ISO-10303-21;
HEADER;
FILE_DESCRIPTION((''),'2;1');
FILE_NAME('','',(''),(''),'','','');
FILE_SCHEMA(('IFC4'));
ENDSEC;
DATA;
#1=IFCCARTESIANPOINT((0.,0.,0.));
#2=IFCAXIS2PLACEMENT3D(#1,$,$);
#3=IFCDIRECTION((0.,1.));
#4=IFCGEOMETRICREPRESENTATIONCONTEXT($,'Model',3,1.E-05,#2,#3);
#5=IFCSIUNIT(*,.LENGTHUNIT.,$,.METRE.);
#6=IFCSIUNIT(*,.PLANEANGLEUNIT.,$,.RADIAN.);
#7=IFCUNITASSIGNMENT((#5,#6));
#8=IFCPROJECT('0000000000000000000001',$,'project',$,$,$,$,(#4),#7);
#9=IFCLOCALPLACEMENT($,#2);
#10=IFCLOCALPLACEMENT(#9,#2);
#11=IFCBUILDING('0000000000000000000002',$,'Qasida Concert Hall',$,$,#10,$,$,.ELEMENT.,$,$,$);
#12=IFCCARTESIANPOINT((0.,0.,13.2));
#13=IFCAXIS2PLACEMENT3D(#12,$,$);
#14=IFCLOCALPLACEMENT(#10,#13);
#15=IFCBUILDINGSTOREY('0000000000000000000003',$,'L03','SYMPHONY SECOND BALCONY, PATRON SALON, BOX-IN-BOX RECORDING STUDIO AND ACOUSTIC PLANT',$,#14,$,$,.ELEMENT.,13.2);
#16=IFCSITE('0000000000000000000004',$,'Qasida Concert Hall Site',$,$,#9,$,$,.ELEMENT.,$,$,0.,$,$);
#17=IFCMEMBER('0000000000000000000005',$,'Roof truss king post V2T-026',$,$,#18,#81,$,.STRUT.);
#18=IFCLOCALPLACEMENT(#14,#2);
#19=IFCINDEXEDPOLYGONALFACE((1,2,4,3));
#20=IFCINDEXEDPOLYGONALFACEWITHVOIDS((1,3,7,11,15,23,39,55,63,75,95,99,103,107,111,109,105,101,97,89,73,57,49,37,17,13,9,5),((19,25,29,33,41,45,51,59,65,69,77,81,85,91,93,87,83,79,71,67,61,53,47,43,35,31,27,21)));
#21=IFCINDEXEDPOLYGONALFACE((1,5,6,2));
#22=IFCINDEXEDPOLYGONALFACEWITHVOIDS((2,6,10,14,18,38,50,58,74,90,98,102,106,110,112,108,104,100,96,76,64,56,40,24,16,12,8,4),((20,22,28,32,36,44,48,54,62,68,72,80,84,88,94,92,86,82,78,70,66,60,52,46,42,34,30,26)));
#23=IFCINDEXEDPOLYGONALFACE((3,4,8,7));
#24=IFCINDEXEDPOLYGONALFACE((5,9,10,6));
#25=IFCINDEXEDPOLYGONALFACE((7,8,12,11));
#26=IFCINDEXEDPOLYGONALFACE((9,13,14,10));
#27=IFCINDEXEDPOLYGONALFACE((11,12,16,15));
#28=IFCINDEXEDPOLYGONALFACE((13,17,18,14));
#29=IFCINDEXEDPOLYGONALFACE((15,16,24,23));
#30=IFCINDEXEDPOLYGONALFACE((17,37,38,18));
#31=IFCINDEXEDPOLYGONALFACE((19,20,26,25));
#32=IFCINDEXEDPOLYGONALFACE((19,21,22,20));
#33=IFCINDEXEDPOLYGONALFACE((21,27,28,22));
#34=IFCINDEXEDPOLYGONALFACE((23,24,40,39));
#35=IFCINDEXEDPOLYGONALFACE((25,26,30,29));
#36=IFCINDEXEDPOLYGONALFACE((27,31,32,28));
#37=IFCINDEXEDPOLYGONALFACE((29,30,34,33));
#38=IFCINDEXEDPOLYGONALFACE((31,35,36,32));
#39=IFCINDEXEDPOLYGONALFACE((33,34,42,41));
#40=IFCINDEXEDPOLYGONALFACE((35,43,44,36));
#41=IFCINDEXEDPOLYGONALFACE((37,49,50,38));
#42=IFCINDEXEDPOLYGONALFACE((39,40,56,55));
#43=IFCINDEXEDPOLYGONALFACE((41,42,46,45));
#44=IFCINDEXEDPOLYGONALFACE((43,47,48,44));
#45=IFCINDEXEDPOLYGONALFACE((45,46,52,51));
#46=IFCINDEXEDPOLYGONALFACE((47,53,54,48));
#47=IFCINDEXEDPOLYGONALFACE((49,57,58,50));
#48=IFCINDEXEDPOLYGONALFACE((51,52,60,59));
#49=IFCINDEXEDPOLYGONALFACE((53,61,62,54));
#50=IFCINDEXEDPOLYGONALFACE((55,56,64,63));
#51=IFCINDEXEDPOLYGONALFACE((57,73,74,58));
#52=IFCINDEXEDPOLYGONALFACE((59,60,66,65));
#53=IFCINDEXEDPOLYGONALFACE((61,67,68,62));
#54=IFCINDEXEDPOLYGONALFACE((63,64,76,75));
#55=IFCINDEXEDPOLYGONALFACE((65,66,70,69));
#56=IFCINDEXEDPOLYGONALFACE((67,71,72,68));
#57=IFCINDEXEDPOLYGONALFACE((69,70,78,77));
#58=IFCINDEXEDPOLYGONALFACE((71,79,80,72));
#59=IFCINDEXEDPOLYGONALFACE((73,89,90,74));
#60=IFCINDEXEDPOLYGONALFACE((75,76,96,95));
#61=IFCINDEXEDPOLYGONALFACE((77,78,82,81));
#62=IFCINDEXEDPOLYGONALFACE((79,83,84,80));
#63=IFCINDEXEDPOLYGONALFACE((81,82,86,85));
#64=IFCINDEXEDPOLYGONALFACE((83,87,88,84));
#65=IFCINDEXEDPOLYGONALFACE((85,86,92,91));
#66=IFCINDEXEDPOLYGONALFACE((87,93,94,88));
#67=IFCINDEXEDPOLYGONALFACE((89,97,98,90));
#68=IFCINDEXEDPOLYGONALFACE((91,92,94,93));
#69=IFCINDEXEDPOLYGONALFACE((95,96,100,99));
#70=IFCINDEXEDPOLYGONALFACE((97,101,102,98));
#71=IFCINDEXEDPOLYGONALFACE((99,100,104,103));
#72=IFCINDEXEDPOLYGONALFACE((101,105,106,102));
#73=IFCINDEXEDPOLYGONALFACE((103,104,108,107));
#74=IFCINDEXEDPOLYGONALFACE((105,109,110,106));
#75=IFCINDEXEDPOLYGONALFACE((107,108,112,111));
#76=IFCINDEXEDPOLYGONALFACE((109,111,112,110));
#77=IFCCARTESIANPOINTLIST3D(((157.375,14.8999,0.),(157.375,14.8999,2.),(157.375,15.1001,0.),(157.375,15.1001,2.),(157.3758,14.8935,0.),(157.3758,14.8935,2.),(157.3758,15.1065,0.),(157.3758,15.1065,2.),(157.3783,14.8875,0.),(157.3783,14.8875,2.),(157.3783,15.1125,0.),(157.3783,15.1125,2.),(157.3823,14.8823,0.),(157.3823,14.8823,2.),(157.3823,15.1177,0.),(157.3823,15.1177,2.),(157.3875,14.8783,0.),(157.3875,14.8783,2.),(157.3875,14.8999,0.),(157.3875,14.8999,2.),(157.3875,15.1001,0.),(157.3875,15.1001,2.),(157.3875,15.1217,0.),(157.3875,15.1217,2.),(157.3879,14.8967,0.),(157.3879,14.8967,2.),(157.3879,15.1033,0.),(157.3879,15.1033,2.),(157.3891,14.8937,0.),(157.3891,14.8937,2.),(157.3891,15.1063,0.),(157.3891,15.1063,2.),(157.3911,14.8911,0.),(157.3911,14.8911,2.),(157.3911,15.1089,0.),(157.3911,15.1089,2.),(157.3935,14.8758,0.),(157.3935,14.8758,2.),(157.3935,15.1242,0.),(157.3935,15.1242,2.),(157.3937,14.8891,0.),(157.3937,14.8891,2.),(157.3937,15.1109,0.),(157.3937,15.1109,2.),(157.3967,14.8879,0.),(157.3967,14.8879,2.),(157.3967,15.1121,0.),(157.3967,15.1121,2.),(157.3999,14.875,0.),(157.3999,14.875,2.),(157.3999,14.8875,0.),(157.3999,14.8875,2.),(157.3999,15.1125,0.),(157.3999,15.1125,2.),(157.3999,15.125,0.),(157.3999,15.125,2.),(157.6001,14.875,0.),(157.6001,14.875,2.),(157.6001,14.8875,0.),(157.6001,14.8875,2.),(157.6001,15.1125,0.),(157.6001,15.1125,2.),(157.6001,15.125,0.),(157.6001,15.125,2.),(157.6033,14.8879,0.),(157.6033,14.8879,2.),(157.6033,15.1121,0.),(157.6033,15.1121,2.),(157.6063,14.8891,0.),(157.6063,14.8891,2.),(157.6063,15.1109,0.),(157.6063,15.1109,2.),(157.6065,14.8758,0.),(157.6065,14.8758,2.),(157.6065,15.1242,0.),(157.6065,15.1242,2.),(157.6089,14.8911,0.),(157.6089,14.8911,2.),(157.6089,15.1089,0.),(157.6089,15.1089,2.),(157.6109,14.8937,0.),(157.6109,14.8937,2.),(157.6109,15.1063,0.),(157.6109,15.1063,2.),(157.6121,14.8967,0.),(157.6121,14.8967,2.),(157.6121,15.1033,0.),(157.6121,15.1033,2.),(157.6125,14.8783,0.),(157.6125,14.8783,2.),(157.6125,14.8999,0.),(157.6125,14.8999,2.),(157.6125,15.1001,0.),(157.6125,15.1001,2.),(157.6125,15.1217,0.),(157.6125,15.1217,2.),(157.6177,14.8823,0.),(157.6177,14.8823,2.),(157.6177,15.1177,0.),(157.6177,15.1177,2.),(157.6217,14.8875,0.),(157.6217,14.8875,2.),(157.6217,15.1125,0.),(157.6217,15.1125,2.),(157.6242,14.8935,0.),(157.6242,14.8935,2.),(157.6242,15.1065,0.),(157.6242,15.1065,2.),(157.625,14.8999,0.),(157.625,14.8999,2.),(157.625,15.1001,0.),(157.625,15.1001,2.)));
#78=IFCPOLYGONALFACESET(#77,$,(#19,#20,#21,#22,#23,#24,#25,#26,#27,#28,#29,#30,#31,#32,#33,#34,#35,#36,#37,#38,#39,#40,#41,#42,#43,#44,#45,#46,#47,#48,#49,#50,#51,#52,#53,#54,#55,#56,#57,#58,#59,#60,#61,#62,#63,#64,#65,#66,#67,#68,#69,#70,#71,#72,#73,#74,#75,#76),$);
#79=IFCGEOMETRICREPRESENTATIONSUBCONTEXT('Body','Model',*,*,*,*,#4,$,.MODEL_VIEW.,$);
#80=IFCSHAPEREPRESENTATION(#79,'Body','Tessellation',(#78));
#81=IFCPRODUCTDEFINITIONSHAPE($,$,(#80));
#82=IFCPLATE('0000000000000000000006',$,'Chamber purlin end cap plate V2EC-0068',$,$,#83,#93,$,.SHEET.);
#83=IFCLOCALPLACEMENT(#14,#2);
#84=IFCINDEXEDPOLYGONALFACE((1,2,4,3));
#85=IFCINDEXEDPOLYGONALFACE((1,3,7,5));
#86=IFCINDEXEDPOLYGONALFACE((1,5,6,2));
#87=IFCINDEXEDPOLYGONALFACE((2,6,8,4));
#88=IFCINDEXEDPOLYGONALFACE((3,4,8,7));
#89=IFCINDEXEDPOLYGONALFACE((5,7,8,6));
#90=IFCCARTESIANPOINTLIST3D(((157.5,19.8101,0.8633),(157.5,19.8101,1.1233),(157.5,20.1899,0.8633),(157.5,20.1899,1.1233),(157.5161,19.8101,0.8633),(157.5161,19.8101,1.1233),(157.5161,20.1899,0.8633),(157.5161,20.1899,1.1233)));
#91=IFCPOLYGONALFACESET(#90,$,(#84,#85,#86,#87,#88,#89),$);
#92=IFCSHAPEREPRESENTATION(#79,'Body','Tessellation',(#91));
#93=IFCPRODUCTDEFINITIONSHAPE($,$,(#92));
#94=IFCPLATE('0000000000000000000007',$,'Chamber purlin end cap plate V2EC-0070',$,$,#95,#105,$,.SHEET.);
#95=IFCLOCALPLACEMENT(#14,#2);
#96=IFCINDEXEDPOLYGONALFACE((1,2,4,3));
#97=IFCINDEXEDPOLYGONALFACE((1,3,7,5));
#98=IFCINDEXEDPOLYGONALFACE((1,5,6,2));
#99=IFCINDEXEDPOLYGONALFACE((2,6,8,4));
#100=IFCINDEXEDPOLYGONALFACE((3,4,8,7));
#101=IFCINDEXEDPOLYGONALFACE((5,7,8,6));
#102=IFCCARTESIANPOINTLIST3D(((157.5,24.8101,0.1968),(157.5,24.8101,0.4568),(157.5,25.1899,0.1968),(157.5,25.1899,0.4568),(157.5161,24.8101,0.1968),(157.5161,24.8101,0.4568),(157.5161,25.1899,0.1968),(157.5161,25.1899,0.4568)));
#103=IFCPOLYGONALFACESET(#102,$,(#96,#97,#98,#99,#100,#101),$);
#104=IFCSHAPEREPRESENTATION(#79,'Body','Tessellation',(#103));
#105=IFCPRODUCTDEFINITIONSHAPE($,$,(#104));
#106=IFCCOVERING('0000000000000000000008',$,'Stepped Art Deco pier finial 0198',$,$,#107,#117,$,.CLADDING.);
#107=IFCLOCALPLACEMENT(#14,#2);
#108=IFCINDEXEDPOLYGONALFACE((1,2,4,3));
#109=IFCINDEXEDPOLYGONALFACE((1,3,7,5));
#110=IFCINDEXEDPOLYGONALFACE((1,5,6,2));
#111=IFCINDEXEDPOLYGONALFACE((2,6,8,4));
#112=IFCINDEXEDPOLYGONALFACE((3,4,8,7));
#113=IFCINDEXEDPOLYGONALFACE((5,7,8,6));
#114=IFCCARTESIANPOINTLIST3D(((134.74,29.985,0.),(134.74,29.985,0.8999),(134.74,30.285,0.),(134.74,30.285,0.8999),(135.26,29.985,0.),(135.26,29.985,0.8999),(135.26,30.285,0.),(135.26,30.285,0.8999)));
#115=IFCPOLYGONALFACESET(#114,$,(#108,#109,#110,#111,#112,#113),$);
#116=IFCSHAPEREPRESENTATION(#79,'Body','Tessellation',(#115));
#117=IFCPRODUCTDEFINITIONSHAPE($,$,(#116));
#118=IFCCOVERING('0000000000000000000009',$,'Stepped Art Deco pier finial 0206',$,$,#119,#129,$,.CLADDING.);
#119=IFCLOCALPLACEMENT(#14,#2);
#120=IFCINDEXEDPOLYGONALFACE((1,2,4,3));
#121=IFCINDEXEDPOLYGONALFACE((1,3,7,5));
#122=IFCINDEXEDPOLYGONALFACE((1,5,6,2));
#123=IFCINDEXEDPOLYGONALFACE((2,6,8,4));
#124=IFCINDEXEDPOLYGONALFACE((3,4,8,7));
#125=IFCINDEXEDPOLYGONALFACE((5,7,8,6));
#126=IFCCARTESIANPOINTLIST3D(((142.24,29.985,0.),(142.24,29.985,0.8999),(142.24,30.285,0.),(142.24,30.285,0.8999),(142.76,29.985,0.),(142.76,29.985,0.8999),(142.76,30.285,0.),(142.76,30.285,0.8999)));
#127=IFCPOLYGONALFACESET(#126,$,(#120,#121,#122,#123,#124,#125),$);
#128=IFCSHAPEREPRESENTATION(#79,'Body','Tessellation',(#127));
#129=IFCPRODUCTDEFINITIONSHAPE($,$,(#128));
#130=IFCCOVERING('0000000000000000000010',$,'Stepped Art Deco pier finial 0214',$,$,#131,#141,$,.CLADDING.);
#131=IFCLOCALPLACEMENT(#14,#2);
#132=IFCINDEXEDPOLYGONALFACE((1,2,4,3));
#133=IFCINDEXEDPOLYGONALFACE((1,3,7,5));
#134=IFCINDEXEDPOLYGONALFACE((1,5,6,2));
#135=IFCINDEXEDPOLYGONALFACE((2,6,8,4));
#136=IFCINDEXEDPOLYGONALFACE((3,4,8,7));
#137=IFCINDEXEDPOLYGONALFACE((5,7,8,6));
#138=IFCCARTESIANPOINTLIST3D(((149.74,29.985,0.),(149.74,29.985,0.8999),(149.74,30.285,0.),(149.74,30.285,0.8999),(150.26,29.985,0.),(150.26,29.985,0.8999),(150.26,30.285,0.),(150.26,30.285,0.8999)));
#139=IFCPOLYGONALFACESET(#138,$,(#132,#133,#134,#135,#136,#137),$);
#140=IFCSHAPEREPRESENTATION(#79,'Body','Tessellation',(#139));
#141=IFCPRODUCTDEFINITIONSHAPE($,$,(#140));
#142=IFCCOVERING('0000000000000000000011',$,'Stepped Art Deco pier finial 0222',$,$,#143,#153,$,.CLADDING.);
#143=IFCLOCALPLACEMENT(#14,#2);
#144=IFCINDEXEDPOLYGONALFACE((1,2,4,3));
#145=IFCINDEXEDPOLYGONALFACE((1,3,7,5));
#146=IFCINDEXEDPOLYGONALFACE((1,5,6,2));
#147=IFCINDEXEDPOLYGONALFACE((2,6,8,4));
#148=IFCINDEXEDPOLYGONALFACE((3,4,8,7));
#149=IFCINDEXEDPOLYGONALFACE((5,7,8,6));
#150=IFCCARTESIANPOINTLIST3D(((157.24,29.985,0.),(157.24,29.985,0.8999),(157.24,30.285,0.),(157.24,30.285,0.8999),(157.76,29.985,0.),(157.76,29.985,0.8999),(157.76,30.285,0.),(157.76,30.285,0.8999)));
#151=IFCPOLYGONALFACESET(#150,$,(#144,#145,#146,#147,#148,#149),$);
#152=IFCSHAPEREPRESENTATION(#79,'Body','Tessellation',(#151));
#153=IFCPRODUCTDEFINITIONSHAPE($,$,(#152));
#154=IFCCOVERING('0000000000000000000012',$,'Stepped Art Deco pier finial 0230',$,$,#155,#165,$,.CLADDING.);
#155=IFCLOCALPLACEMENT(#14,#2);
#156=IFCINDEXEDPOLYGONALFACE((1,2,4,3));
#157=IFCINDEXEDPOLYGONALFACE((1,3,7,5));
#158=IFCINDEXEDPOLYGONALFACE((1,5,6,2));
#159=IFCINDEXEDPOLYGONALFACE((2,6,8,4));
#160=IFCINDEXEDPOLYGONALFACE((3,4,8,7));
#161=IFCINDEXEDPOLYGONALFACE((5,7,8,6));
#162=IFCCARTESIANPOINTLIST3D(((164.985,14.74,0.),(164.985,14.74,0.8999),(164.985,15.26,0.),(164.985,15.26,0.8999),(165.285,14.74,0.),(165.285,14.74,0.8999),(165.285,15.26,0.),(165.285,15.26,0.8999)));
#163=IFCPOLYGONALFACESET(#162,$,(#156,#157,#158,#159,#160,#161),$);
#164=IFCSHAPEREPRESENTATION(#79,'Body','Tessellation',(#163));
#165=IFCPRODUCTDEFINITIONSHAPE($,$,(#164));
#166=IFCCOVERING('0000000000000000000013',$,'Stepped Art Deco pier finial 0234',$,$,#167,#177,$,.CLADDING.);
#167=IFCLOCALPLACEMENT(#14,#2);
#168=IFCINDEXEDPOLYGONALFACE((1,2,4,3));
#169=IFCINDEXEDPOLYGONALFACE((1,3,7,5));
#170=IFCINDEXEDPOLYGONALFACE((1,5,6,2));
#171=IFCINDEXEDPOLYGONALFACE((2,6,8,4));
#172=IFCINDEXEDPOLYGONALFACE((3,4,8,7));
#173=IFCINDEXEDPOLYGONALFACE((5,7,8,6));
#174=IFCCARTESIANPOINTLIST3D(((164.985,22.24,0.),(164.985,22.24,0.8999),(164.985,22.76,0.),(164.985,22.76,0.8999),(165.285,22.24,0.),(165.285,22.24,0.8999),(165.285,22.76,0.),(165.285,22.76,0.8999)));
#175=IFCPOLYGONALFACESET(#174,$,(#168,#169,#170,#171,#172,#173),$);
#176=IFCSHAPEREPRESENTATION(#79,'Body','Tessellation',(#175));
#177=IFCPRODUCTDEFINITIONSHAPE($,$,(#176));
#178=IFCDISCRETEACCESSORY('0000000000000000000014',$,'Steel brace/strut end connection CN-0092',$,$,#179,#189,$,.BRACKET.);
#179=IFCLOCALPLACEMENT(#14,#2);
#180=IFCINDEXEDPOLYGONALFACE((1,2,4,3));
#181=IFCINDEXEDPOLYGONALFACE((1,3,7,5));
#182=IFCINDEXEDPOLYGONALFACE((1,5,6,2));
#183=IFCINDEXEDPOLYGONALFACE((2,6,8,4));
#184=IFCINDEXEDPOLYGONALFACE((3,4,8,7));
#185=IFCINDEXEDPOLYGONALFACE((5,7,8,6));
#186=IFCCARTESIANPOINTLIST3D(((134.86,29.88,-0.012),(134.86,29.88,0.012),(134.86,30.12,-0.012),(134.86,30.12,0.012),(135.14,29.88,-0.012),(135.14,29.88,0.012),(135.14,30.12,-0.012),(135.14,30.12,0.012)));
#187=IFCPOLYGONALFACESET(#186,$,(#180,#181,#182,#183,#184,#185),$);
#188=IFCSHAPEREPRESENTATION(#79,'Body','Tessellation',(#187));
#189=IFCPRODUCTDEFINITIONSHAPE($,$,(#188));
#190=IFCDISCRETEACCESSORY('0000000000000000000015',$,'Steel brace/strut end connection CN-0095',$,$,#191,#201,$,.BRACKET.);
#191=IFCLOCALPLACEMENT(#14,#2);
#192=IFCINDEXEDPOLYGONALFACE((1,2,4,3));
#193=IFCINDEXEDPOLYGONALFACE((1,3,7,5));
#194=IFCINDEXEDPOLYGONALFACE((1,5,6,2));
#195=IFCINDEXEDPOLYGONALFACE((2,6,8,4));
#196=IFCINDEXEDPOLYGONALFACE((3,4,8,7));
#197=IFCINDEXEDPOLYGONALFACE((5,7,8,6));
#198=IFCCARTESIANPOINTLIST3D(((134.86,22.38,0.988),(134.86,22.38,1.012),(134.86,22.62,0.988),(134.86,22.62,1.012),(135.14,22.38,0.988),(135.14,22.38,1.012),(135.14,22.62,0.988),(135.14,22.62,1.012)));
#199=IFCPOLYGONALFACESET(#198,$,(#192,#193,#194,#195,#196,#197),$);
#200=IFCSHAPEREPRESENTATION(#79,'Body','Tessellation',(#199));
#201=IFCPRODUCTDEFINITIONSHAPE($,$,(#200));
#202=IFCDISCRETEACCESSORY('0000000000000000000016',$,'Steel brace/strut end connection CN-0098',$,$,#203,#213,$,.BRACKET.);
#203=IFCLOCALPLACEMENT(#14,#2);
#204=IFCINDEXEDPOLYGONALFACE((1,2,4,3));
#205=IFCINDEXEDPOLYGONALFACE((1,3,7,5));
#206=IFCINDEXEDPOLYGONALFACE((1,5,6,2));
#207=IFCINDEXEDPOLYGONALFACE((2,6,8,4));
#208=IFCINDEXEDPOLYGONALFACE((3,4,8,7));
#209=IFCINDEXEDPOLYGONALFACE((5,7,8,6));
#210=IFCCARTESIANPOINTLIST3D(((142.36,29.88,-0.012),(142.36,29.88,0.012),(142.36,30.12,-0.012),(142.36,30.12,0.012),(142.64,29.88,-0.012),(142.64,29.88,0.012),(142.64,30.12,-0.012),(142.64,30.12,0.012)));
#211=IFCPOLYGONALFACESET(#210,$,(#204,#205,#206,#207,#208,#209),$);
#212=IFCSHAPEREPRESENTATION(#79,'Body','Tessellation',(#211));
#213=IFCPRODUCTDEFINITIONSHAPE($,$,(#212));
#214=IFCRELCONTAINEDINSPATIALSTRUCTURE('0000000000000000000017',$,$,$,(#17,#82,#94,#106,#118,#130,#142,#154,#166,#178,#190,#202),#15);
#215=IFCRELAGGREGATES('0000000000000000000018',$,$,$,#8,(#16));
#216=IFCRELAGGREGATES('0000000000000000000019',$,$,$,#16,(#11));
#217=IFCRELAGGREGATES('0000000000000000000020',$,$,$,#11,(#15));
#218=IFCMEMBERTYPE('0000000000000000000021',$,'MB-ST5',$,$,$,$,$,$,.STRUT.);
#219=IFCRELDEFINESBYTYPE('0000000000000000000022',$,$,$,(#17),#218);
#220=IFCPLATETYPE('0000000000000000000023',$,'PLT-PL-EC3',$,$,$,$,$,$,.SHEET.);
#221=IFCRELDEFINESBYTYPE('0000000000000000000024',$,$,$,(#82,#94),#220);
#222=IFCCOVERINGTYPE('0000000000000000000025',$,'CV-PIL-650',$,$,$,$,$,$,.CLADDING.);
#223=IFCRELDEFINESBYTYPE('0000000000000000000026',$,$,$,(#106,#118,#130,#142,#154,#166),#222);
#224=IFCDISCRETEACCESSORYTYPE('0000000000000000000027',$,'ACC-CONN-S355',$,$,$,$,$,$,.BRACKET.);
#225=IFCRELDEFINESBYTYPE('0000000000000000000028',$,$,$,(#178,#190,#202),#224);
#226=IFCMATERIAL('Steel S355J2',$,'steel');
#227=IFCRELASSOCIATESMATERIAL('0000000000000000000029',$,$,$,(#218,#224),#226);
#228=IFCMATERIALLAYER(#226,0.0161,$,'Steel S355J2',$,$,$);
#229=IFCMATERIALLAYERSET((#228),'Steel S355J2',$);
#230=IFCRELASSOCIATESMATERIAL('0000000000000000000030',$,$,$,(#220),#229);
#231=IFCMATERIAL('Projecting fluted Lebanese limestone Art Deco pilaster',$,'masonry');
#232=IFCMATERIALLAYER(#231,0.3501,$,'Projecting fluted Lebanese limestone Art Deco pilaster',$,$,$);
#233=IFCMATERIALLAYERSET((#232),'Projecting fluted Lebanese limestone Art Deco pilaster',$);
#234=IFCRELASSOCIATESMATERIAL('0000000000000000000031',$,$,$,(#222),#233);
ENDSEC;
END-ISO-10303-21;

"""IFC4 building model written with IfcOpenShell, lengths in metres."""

from ifc_helpers import new_model, si_unit, direction, frame, origin, origin_2d, place, context, subcontext, project, spatial, rectangle, hollow_rectangle, extrude, material, layer, layer_set, material_profile, profile_set, type_object, element, save


model = new_model("IFC4")

# Units and contexts
model_context = context("Model", 3, precision=1e-05, world=origin(), true_north=direction((0.0, 1.0)))
body_context = subcontext(model_context, "Body", "Model", "MODEL_VIEW")
ifc_project = project(units=[si_unit("LENGTHUNIT", "METRE"), si_unit("PLANEANGLEUNIT", "RADIAN")], contexts=[model_context])

# Site, building, storey
site_placement = place(None, origin())
site = spatial("IfcSite", under=ifc_project, at=site_placement, Name="Qasida Concert Hall Site", CompositionType="ELEMENT", RefElevation=0.0)
building_placement = place(site_placement, origin())
building = spatial("IfcBuilding", under=site, at=building_placement, Name="Qasida Concert Hall", CompositionType="ELEMENT")
storey_placement = place(building_placement, frame((0.0, 0.0, 13.2)))
storey = spatial("IfcBuildingStorey", under=building, at=storey_placement, Name="L03", Description="SYMPHONY SECOND BALCONY, PATRON SALON, BOX-IN-BOX RECORDING STUDIO AND ACOUSTIC PLANT", CompositionType="ELEMENT", Elevation=13.2)

# Member
ifc_material_1 = material(Name="Steel S355J2", Category="steel")
ifc_material_profile_1 = material_profile(ifc_material_1, hollow_rectangle(XDim=0.25, YDim=0.25, WallThickness=0.0125, InnerFilletRadius=0.0125, OuterFilletRadius=0.0249, at=origin_2d()), Name="SHS 250x250x12.5")
ifc_profile_set_1 = profile_set([ifc_material_profile_1], Name="Steel S355J2")
member_type_1 = type_object("IfcMemberType", Name="MB-ST5", PredefinedType="STRUT", material=ifc_profile_set_1)
member_1_placement = place(storey_placement, frame((157.5, 15.0, 0.0), z_axis=(0.0, 0.0, 1.0), x_axis=(1.0, 0.0, 0.0)))
element("IfcMember", 1, at=member_1_placement, inside=storey, type_object=member_type_1, Name="Roof truss king post V2T-026", PredefinedType="STRUT", context=body_context, shape_type="SweptSolid", body=[
    extrude(hollow_rectangle(XDim=0.25, YDim=0.25, WallThickness=0.0125, InnerFilletRadius=0.0125, OuterFilletRadius=0.0249, at=origin_2d()), origin(), (0.0, 0.0, 1.0), 2.0),
])

# Plates
ifc_layer_1 = layer(ifc_material_1, 0.0161, Name="Steel S355J2")
ifc_layer_set_1 = layer_set([ifc_layer_1], Name="Steel S355J2")
plate_type = type_object("IfcPlateType", Name="PLT-PL-EC3", PredefinedType="SHEET", material=ifc_layer_set_1)
for number, where, z_axis, x_axis, name in (
    (2, (157.5081, 20.0, 0.8633), (0.0, 0.0, 1.0), (1.0, 0.0, 0.0), "Chamber purlin end cap plate V2EC-0068"),
    (3, (157.5081, 25.0, 0.1968), (0.0, 0.0, 1.0), (1.0, 0.0, 0.0), "Chamber purlin end cap plate V2EC-0070"),
):
    element("IfcPlate", number, at=place(storey_placement, frame(where, z_axis=z_axis, x_axis=x_axis)), inside=storey, type_object=plate_type, Name=name, PredefinedType="SHEET", context=body_context, shape_type="SweptSolid", body=[
        extrude(rectangle(XDim=0.0161, YDim=0.3799, at=origin_2d()), origin(), (0.0, 0.0, 1.0), 0.26),
    ])

# Coverings
ifc_material_2 = material(Name="Projecting fluted Lebanese limestone Art Deco pilaster", Category="masonry")
ifc_layer_2 = layer(ifc_material_2, 0.3501, Name="Projecting fluted Lebanese limestone Art Deco pilaster")
ifc_layer_set_2 = layer_set([ifc_layer_2], Name="Projecting fluted Lebanese limestone Art Deco pilaster")
covering_type = type_object("IfcCoveringType", Name="CV-PIL-650", PredefinedType="CLADDING", material=ifc_layer_set_2)
for number, where, z_axis, x_axis, name in (
    (4, (135.0, 30.135, 0.0), (0.0, 0.0, 1.0), (1.0, 0.0, 0.0), "Stepped Art Deco pier finial 0198"),
    (5, (142.5, 30.135, 0.0), (0.0, 0.0, 1.0), (1.0, 0.0, 0.0), "Stepped Art Deco pier finial 0206"),
    (6, (150.0, 30.135, 0.0), (0.0, 0.0, 1.0), (1.0, 0.0, 0.0), "Stepped Art Deco pier finial 0214"),
    (7, (157.5, 30.135, 0.0), (0.0, 0.0, 1.0), (1.0, 0.0, 0.0), "Stepped Art Deco pier finial 0222"),
):
    element("IfcCovering", number, at=place(storey_placement, frame(where, z_axis=z_axis, x_axis=x_axis)), inside=storey, type_object=covering_type, Name=name, PredefinedType="CLADDING", context=body_context, shape_type="SweptSolid", body=[
        extrude(rectangle(XDim=0.52, YDim=0.3, at=origin_2d()), origin(), (0.0, 0.0, 1.0), 0.8999),
    ])
for number, where, z_axis, x_axis, name in (
    (8, (165.135, 15.0, 0.0), (0.0, 0.0, 1.0), (1.0, 0.0, 0.0), "Stepped Art Deco pier finial 0230"),
    (9, (165.135, 22.5, 0.0), (0.0, 0.0, 1.0), (1.0, 0.0, 0.0), "Stepped Art Deco pier finial 0234"),
):
    element("IfcCovering", number, at=place(storey_placement, frame(where, z_axis=z_axis, x_axis=x_axis)), inside=storey, type_object=covering_type, Name=name, PredefinedType="CLADDING", context=body_context, shape_type="SweptSolid", body=[
        extrude(rectangle(XDim=0.3, YDim=0.52, at=origin_2d()), origin(), (0.0, 0.0, 1.0), 0.8999),
    ])

# Discrete accessories
discrete_accessory_type = type_object("IfcDiscreteAccessoryType", Name="ACC-CONN-S355", PredefinedType="BRACKET", material=ifc_material_1)
for number, where, z_axis, x_axis, name in (
    (10, (135.0, 30.0, -0.012), (0.0, 0.0, 1.0), (1.0, 0.0, 0.0), "Steel brace/strut end connection CN-0092"),
    (11, (135.0, 22.5, 0.988), (0.0, 0.0, 1.0), (1.0, 0.0, 0.0), "Steel brace/strut end connection CN-0095"),
    (12, (142.5, 30.0, -0.012), (0.0, 0.0, 1.0), (1.0, 0.0, 0.0), "Steel brace/strut end connection CN-0098"),
):
    element("IfcDiscreteAccessory", number, at=place(storey_placement, frame(where, z_axis=z_axis, x_axis=x_axis)), inside=storey, type_object=discrete_accessory_type, Name=name, PredefinedType="BRACKET", context=body_context, shape_type="SweptSolid", body=[
        extrude(rectangle(XDim=0.28, YDim=0.24, at=origin_2d()), origin(), (0.0, 0.0, 1.0), 0.0239),
    ])

save(model, "model.ifc")
